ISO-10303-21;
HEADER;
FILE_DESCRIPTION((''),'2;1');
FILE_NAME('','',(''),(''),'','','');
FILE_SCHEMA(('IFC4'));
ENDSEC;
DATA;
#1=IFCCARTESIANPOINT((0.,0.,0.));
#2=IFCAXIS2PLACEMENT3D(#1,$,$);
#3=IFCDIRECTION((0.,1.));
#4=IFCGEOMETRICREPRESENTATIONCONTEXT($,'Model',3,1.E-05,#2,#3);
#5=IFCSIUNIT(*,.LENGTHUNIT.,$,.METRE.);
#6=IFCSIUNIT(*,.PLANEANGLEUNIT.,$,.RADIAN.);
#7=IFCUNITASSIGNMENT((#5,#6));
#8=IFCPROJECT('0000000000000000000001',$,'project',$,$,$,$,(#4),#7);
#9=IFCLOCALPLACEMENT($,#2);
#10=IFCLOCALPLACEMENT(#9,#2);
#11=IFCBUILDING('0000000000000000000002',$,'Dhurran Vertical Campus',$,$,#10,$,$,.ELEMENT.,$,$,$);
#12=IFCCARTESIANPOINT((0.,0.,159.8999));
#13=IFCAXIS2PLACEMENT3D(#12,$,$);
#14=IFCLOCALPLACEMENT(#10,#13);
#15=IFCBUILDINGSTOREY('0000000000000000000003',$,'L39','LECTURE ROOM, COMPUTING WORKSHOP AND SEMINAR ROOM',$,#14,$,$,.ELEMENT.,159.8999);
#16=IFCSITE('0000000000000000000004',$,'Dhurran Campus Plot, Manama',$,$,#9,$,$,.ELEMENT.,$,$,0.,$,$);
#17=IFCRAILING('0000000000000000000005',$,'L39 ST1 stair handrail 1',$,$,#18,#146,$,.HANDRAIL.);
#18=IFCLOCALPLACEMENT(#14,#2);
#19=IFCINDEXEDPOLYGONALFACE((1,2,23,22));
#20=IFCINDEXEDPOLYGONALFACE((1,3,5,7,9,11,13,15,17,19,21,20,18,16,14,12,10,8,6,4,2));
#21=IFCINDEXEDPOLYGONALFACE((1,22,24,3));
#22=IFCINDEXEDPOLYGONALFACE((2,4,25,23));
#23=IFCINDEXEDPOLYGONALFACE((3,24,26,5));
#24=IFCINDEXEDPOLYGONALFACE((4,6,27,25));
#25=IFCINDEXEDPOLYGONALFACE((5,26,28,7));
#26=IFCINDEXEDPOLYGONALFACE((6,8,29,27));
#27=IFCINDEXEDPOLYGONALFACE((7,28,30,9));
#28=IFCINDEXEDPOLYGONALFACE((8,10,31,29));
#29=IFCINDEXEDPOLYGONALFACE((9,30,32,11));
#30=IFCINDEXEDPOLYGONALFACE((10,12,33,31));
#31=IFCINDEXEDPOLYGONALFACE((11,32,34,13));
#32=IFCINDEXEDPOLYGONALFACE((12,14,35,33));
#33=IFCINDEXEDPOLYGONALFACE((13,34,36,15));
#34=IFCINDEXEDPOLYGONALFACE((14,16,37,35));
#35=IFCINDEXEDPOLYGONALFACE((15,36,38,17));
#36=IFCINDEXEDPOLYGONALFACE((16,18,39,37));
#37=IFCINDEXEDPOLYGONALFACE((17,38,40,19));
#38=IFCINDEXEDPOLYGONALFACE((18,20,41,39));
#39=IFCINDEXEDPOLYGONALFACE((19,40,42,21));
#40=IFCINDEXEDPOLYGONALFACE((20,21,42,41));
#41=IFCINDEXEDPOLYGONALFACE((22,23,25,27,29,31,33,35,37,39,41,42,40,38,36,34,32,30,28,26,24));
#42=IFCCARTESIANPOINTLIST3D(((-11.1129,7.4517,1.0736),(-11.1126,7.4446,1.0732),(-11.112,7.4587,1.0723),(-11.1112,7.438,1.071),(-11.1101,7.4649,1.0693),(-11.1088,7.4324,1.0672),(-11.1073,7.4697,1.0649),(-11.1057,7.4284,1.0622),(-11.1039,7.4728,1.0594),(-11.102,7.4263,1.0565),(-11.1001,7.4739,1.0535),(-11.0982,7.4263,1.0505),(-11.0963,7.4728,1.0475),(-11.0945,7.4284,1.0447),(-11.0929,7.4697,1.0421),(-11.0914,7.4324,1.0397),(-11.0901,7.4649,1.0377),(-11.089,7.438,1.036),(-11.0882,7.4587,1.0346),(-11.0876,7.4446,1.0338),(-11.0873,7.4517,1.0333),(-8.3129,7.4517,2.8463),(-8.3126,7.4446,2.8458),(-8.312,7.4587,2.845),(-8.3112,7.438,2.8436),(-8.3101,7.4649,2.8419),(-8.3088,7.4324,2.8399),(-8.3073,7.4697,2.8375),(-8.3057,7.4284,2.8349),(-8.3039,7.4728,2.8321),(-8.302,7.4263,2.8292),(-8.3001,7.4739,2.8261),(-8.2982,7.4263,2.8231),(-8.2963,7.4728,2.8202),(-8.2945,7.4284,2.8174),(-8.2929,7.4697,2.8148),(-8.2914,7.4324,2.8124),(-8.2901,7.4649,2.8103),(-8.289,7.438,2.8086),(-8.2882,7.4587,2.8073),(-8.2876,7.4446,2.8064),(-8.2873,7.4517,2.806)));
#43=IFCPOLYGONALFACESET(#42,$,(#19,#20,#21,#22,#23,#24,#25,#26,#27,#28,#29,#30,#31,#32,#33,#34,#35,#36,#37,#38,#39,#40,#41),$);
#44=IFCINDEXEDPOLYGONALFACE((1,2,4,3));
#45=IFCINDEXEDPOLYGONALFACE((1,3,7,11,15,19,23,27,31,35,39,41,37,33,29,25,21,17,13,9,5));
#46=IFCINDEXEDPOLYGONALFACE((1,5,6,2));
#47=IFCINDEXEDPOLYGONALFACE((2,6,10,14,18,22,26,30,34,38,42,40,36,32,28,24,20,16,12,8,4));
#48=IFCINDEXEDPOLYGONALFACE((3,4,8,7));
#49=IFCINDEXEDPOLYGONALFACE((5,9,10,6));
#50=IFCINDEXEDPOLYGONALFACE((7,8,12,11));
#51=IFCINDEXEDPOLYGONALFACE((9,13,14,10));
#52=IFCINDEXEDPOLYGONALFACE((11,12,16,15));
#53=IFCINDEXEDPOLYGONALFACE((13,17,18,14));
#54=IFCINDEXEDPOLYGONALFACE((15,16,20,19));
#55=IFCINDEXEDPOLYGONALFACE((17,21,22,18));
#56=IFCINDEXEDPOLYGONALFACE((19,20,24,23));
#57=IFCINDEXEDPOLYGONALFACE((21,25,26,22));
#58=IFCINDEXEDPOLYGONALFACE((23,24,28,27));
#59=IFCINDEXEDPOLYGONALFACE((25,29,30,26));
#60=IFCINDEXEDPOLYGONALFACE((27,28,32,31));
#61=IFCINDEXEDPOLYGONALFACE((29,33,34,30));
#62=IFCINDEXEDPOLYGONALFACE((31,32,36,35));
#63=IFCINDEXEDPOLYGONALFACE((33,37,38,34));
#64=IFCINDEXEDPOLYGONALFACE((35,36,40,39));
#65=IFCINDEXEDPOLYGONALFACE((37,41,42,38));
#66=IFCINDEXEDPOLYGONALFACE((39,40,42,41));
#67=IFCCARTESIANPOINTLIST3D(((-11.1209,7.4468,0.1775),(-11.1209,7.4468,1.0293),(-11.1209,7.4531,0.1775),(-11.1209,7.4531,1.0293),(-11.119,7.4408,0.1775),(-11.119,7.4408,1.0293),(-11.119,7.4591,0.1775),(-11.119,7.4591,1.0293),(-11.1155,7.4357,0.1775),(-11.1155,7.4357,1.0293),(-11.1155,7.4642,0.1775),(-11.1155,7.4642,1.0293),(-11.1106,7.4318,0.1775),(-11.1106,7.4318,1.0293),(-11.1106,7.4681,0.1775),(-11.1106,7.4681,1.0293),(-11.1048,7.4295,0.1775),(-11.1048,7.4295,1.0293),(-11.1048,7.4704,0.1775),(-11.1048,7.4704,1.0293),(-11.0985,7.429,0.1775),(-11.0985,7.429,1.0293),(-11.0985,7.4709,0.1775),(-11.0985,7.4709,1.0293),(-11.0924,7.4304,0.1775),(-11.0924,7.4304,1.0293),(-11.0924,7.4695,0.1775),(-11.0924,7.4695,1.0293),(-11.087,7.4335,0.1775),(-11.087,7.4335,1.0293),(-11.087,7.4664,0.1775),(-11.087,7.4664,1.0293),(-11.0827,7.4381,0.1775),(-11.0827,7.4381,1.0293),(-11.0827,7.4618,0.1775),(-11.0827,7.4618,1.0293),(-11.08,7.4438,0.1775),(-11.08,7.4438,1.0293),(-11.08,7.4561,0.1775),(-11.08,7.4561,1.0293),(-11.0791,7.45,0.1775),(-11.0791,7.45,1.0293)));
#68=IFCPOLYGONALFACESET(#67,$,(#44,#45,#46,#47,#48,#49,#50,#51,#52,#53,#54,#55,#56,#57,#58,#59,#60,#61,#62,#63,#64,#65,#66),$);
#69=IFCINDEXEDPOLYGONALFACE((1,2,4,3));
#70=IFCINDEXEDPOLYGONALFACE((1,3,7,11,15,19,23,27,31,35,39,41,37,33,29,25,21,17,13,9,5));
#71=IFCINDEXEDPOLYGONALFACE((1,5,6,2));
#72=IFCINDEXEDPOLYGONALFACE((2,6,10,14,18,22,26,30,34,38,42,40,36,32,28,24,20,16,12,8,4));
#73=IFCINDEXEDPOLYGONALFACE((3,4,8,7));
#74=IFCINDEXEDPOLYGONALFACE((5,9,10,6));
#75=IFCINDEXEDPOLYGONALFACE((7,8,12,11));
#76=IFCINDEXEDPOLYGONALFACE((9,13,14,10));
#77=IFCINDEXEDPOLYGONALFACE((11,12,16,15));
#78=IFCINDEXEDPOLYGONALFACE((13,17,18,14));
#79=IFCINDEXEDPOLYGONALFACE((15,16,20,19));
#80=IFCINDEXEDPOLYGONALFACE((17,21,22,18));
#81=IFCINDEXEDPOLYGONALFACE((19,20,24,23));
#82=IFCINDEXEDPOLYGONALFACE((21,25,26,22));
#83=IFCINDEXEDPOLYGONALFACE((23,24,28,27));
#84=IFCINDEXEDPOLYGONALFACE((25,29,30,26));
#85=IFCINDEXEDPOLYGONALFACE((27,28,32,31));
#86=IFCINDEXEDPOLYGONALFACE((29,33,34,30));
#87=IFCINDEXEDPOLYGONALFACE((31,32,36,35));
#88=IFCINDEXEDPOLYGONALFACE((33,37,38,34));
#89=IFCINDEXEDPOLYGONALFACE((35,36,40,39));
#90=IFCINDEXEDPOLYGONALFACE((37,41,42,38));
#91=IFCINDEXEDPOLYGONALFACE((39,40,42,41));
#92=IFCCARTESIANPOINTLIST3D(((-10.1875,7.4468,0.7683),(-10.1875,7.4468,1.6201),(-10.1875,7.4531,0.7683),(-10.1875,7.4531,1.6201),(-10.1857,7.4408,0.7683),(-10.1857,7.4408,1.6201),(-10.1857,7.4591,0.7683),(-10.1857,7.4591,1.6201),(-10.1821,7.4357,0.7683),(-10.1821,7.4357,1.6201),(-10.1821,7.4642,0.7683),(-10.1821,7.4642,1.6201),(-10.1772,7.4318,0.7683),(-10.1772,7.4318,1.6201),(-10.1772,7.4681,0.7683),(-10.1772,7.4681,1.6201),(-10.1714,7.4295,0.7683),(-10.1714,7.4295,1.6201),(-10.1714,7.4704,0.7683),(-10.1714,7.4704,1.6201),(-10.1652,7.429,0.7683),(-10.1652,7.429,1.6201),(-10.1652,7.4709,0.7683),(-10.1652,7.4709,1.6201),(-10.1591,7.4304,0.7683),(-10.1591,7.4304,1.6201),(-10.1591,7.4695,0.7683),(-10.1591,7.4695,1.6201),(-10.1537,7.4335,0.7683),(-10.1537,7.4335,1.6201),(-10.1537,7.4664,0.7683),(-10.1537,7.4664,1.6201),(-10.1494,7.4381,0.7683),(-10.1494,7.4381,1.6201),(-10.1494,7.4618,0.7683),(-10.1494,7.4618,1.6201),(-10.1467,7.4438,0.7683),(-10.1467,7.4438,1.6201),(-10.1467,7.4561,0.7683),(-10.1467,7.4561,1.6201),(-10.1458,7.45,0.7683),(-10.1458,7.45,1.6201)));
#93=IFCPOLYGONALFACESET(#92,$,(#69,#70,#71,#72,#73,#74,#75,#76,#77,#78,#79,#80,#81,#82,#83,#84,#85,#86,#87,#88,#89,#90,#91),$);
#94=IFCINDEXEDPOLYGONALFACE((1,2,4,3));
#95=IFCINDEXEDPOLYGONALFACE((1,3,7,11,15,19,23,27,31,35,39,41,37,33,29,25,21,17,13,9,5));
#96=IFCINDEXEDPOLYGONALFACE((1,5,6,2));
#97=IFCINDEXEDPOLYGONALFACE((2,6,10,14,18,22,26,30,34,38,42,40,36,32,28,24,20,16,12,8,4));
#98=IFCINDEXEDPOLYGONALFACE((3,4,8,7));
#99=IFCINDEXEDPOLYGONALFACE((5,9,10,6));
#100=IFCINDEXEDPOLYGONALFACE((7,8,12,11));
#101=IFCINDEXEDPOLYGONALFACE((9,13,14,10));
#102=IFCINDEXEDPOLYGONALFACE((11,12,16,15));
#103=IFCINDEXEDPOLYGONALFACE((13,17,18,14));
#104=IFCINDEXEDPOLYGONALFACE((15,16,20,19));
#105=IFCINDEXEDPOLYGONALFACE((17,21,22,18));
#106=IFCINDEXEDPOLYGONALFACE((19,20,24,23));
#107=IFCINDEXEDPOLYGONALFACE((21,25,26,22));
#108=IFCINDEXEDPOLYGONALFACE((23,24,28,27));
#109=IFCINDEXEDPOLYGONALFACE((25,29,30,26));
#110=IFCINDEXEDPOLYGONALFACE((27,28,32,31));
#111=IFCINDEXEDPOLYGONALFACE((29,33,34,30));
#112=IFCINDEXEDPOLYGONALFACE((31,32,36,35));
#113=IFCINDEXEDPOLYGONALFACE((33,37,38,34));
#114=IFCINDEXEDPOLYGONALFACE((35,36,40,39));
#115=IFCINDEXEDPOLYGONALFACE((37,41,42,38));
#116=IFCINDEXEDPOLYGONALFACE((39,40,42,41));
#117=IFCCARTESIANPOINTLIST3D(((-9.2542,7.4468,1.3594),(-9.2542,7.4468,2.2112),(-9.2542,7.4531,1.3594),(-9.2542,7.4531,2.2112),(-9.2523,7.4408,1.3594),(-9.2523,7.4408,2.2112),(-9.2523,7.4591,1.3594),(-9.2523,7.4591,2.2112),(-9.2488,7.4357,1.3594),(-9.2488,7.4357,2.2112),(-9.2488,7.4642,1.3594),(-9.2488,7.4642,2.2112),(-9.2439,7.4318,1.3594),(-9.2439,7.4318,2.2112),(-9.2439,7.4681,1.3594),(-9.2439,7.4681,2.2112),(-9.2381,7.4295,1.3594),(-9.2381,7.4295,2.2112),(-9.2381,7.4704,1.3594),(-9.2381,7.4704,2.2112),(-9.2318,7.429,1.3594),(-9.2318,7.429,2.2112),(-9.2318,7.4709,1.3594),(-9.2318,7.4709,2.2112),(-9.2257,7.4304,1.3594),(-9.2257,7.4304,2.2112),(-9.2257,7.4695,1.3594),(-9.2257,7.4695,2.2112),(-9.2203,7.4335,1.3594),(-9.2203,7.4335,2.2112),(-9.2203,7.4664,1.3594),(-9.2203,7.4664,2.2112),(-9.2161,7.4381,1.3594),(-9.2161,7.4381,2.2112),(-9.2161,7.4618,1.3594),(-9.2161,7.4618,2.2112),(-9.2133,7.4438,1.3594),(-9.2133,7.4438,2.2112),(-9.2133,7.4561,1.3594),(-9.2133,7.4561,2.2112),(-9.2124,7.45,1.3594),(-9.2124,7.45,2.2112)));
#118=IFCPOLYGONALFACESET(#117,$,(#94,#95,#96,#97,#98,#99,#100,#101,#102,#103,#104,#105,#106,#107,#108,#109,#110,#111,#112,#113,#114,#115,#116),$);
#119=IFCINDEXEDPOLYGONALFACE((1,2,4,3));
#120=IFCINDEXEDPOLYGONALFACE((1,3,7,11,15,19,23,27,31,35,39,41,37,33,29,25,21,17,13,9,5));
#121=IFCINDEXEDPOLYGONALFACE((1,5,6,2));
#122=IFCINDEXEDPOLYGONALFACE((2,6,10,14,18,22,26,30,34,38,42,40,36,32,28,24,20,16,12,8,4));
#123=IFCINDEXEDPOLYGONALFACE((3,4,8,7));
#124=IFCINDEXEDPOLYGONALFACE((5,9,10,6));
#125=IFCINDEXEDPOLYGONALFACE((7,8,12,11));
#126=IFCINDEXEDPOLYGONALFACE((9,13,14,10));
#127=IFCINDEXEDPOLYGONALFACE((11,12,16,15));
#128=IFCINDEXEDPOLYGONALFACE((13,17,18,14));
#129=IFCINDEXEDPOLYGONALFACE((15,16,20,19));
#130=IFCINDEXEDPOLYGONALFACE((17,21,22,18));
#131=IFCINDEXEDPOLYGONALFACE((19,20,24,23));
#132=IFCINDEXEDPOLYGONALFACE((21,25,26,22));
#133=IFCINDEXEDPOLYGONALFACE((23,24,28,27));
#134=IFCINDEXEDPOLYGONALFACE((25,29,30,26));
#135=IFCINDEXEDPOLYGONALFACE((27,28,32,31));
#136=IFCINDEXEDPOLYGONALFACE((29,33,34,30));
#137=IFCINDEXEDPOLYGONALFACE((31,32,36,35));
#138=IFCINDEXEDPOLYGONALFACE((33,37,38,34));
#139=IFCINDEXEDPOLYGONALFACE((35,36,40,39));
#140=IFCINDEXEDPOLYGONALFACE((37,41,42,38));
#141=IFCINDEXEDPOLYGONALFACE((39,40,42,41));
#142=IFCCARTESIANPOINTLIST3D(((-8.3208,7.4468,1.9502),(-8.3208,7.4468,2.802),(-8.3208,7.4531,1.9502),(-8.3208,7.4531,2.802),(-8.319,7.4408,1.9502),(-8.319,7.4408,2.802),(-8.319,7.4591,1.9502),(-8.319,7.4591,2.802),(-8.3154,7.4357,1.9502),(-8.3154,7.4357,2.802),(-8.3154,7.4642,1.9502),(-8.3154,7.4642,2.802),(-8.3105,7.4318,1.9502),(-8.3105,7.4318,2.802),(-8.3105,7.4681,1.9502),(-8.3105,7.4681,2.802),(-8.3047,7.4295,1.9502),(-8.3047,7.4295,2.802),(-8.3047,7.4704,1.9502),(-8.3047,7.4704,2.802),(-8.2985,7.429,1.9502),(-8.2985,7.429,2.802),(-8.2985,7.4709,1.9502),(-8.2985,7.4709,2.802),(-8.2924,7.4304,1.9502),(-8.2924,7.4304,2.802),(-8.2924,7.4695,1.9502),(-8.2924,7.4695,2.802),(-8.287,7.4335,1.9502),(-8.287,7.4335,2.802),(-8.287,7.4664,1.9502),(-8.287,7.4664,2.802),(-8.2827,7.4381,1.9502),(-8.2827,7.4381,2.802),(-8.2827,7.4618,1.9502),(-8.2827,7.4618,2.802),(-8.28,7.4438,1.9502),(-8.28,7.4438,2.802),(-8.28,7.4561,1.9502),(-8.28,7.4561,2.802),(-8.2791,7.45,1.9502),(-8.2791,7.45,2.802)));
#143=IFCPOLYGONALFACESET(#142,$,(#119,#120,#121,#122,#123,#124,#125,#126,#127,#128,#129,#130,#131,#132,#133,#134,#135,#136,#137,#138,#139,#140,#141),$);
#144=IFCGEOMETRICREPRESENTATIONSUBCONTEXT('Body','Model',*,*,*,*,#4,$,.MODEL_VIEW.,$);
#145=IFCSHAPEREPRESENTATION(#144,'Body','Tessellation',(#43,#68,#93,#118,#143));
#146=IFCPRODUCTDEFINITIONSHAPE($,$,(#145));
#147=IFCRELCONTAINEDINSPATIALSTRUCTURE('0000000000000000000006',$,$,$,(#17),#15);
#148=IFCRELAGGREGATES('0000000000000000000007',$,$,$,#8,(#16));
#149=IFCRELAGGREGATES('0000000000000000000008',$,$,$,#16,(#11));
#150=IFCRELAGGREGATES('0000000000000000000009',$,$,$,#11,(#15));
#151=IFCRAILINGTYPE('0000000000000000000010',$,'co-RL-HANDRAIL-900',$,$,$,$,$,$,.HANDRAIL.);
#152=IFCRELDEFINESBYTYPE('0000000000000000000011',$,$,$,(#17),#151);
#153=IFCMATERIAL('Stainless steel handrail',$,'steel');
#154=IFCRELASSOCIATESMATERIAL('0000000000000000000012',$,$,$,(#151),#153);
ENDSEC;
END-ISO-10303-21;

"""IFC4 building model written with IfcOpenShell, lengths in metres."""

from ifc_helpers import new_model, si_unit, direction, frame, origin, origin_2d, place, context, subcontext, project, spatial, circle, extrude, material, type_object, element, save


model = new_model("IFC4")

# Units and contexts
model_context = context("Model", 3, precision=1e-05, world=origin(), true_north=direction((0.0, 1.0)))
body_context = subcontext(model_context, "Body", "Model", "MODEL_VIEW")
ifc_project = project(units=[si_unit("LENGTHUNIT", "METRE"), si_unit("PLANEANGLEUNIT", "RADIAN")], contexts=[model_context])

# Site, building, storey
site_placement = place(None, origin())
site = spatial("IfcSite", under=ifc_project, at=site_placement, Name="Dhurran Campus Plot, Manama", CompositionType="ELEMENT", RefElevation=0.0)
building_placement = place(site_placement, origin())
building = spatial("IfcBuilding", under=site, at=building_placement, Name="Dhurran Vertical Campus", CompositionType="ELEMENT")
storey_placement = place(building_placement, frame((0.0, 0.0, 159.8999)))
storey = spatial("IfcBuildingStorey", under=building, at=storey_placement, Name="L39", Description="LECTURE ROOM, COMPUTING WORKSHOP AND SEMINAR ROOM", CompositionType="ELEMENT", Elevation=159.8999)

# Railing
ifc_material_1 = material(Name="Stainless steel handrail", Category="steel")
railing_type_1 = type_object("IfcRailingType", Name="co-RL-HANDRAIL-900", PredefinedType="HANDRAIL", material=ifc_material_1)
railing_1_placement = place(storey_placement, frame((-11.1001, 7.45, 0.1775)))
element("IfcRailing", 1, at=railing_1_placement, inside=storey, type_object=railing_type_1, Name="L39 ST1 stair handrail 1", PredefinedType="HANDRAIL", context=body_context, shape_type="SweptSolid", body=[
    extrude(circle(Radius=0.0239, at=origin_2d()), frame((0.0, 0.0, 0.876), z_axis=(0.844909, 0.0, 0.53491), x_axis=(0.0, 1.0, 0.0)), (0.0, 0.0, 1.0), 3.314),
    extrude(circle(Radius=0.021, at=origin_2d()), origin(), (0.0, 0.0, 1.0), 0.8518),
    extrude(circle(Radius=0.021, at=origin_2d()), frame((0.9333, 0.0, 0.5908)), (0.0, 0.0, 1.0), 0.8518),
    extrude(circle(Radius=0.021, at=origin_2d()), frame((1.8667, 0.0, 1.1819)), (0.0, 0.0, 1.0), 0.8518),
    extrude(circle(Radius=0.021, at=origin_2d()), frame((2.8, 0.0, 1.7727)), (0.0, 0.0, 1.0), 0.8518),
])

save(model, "model.ifc")
